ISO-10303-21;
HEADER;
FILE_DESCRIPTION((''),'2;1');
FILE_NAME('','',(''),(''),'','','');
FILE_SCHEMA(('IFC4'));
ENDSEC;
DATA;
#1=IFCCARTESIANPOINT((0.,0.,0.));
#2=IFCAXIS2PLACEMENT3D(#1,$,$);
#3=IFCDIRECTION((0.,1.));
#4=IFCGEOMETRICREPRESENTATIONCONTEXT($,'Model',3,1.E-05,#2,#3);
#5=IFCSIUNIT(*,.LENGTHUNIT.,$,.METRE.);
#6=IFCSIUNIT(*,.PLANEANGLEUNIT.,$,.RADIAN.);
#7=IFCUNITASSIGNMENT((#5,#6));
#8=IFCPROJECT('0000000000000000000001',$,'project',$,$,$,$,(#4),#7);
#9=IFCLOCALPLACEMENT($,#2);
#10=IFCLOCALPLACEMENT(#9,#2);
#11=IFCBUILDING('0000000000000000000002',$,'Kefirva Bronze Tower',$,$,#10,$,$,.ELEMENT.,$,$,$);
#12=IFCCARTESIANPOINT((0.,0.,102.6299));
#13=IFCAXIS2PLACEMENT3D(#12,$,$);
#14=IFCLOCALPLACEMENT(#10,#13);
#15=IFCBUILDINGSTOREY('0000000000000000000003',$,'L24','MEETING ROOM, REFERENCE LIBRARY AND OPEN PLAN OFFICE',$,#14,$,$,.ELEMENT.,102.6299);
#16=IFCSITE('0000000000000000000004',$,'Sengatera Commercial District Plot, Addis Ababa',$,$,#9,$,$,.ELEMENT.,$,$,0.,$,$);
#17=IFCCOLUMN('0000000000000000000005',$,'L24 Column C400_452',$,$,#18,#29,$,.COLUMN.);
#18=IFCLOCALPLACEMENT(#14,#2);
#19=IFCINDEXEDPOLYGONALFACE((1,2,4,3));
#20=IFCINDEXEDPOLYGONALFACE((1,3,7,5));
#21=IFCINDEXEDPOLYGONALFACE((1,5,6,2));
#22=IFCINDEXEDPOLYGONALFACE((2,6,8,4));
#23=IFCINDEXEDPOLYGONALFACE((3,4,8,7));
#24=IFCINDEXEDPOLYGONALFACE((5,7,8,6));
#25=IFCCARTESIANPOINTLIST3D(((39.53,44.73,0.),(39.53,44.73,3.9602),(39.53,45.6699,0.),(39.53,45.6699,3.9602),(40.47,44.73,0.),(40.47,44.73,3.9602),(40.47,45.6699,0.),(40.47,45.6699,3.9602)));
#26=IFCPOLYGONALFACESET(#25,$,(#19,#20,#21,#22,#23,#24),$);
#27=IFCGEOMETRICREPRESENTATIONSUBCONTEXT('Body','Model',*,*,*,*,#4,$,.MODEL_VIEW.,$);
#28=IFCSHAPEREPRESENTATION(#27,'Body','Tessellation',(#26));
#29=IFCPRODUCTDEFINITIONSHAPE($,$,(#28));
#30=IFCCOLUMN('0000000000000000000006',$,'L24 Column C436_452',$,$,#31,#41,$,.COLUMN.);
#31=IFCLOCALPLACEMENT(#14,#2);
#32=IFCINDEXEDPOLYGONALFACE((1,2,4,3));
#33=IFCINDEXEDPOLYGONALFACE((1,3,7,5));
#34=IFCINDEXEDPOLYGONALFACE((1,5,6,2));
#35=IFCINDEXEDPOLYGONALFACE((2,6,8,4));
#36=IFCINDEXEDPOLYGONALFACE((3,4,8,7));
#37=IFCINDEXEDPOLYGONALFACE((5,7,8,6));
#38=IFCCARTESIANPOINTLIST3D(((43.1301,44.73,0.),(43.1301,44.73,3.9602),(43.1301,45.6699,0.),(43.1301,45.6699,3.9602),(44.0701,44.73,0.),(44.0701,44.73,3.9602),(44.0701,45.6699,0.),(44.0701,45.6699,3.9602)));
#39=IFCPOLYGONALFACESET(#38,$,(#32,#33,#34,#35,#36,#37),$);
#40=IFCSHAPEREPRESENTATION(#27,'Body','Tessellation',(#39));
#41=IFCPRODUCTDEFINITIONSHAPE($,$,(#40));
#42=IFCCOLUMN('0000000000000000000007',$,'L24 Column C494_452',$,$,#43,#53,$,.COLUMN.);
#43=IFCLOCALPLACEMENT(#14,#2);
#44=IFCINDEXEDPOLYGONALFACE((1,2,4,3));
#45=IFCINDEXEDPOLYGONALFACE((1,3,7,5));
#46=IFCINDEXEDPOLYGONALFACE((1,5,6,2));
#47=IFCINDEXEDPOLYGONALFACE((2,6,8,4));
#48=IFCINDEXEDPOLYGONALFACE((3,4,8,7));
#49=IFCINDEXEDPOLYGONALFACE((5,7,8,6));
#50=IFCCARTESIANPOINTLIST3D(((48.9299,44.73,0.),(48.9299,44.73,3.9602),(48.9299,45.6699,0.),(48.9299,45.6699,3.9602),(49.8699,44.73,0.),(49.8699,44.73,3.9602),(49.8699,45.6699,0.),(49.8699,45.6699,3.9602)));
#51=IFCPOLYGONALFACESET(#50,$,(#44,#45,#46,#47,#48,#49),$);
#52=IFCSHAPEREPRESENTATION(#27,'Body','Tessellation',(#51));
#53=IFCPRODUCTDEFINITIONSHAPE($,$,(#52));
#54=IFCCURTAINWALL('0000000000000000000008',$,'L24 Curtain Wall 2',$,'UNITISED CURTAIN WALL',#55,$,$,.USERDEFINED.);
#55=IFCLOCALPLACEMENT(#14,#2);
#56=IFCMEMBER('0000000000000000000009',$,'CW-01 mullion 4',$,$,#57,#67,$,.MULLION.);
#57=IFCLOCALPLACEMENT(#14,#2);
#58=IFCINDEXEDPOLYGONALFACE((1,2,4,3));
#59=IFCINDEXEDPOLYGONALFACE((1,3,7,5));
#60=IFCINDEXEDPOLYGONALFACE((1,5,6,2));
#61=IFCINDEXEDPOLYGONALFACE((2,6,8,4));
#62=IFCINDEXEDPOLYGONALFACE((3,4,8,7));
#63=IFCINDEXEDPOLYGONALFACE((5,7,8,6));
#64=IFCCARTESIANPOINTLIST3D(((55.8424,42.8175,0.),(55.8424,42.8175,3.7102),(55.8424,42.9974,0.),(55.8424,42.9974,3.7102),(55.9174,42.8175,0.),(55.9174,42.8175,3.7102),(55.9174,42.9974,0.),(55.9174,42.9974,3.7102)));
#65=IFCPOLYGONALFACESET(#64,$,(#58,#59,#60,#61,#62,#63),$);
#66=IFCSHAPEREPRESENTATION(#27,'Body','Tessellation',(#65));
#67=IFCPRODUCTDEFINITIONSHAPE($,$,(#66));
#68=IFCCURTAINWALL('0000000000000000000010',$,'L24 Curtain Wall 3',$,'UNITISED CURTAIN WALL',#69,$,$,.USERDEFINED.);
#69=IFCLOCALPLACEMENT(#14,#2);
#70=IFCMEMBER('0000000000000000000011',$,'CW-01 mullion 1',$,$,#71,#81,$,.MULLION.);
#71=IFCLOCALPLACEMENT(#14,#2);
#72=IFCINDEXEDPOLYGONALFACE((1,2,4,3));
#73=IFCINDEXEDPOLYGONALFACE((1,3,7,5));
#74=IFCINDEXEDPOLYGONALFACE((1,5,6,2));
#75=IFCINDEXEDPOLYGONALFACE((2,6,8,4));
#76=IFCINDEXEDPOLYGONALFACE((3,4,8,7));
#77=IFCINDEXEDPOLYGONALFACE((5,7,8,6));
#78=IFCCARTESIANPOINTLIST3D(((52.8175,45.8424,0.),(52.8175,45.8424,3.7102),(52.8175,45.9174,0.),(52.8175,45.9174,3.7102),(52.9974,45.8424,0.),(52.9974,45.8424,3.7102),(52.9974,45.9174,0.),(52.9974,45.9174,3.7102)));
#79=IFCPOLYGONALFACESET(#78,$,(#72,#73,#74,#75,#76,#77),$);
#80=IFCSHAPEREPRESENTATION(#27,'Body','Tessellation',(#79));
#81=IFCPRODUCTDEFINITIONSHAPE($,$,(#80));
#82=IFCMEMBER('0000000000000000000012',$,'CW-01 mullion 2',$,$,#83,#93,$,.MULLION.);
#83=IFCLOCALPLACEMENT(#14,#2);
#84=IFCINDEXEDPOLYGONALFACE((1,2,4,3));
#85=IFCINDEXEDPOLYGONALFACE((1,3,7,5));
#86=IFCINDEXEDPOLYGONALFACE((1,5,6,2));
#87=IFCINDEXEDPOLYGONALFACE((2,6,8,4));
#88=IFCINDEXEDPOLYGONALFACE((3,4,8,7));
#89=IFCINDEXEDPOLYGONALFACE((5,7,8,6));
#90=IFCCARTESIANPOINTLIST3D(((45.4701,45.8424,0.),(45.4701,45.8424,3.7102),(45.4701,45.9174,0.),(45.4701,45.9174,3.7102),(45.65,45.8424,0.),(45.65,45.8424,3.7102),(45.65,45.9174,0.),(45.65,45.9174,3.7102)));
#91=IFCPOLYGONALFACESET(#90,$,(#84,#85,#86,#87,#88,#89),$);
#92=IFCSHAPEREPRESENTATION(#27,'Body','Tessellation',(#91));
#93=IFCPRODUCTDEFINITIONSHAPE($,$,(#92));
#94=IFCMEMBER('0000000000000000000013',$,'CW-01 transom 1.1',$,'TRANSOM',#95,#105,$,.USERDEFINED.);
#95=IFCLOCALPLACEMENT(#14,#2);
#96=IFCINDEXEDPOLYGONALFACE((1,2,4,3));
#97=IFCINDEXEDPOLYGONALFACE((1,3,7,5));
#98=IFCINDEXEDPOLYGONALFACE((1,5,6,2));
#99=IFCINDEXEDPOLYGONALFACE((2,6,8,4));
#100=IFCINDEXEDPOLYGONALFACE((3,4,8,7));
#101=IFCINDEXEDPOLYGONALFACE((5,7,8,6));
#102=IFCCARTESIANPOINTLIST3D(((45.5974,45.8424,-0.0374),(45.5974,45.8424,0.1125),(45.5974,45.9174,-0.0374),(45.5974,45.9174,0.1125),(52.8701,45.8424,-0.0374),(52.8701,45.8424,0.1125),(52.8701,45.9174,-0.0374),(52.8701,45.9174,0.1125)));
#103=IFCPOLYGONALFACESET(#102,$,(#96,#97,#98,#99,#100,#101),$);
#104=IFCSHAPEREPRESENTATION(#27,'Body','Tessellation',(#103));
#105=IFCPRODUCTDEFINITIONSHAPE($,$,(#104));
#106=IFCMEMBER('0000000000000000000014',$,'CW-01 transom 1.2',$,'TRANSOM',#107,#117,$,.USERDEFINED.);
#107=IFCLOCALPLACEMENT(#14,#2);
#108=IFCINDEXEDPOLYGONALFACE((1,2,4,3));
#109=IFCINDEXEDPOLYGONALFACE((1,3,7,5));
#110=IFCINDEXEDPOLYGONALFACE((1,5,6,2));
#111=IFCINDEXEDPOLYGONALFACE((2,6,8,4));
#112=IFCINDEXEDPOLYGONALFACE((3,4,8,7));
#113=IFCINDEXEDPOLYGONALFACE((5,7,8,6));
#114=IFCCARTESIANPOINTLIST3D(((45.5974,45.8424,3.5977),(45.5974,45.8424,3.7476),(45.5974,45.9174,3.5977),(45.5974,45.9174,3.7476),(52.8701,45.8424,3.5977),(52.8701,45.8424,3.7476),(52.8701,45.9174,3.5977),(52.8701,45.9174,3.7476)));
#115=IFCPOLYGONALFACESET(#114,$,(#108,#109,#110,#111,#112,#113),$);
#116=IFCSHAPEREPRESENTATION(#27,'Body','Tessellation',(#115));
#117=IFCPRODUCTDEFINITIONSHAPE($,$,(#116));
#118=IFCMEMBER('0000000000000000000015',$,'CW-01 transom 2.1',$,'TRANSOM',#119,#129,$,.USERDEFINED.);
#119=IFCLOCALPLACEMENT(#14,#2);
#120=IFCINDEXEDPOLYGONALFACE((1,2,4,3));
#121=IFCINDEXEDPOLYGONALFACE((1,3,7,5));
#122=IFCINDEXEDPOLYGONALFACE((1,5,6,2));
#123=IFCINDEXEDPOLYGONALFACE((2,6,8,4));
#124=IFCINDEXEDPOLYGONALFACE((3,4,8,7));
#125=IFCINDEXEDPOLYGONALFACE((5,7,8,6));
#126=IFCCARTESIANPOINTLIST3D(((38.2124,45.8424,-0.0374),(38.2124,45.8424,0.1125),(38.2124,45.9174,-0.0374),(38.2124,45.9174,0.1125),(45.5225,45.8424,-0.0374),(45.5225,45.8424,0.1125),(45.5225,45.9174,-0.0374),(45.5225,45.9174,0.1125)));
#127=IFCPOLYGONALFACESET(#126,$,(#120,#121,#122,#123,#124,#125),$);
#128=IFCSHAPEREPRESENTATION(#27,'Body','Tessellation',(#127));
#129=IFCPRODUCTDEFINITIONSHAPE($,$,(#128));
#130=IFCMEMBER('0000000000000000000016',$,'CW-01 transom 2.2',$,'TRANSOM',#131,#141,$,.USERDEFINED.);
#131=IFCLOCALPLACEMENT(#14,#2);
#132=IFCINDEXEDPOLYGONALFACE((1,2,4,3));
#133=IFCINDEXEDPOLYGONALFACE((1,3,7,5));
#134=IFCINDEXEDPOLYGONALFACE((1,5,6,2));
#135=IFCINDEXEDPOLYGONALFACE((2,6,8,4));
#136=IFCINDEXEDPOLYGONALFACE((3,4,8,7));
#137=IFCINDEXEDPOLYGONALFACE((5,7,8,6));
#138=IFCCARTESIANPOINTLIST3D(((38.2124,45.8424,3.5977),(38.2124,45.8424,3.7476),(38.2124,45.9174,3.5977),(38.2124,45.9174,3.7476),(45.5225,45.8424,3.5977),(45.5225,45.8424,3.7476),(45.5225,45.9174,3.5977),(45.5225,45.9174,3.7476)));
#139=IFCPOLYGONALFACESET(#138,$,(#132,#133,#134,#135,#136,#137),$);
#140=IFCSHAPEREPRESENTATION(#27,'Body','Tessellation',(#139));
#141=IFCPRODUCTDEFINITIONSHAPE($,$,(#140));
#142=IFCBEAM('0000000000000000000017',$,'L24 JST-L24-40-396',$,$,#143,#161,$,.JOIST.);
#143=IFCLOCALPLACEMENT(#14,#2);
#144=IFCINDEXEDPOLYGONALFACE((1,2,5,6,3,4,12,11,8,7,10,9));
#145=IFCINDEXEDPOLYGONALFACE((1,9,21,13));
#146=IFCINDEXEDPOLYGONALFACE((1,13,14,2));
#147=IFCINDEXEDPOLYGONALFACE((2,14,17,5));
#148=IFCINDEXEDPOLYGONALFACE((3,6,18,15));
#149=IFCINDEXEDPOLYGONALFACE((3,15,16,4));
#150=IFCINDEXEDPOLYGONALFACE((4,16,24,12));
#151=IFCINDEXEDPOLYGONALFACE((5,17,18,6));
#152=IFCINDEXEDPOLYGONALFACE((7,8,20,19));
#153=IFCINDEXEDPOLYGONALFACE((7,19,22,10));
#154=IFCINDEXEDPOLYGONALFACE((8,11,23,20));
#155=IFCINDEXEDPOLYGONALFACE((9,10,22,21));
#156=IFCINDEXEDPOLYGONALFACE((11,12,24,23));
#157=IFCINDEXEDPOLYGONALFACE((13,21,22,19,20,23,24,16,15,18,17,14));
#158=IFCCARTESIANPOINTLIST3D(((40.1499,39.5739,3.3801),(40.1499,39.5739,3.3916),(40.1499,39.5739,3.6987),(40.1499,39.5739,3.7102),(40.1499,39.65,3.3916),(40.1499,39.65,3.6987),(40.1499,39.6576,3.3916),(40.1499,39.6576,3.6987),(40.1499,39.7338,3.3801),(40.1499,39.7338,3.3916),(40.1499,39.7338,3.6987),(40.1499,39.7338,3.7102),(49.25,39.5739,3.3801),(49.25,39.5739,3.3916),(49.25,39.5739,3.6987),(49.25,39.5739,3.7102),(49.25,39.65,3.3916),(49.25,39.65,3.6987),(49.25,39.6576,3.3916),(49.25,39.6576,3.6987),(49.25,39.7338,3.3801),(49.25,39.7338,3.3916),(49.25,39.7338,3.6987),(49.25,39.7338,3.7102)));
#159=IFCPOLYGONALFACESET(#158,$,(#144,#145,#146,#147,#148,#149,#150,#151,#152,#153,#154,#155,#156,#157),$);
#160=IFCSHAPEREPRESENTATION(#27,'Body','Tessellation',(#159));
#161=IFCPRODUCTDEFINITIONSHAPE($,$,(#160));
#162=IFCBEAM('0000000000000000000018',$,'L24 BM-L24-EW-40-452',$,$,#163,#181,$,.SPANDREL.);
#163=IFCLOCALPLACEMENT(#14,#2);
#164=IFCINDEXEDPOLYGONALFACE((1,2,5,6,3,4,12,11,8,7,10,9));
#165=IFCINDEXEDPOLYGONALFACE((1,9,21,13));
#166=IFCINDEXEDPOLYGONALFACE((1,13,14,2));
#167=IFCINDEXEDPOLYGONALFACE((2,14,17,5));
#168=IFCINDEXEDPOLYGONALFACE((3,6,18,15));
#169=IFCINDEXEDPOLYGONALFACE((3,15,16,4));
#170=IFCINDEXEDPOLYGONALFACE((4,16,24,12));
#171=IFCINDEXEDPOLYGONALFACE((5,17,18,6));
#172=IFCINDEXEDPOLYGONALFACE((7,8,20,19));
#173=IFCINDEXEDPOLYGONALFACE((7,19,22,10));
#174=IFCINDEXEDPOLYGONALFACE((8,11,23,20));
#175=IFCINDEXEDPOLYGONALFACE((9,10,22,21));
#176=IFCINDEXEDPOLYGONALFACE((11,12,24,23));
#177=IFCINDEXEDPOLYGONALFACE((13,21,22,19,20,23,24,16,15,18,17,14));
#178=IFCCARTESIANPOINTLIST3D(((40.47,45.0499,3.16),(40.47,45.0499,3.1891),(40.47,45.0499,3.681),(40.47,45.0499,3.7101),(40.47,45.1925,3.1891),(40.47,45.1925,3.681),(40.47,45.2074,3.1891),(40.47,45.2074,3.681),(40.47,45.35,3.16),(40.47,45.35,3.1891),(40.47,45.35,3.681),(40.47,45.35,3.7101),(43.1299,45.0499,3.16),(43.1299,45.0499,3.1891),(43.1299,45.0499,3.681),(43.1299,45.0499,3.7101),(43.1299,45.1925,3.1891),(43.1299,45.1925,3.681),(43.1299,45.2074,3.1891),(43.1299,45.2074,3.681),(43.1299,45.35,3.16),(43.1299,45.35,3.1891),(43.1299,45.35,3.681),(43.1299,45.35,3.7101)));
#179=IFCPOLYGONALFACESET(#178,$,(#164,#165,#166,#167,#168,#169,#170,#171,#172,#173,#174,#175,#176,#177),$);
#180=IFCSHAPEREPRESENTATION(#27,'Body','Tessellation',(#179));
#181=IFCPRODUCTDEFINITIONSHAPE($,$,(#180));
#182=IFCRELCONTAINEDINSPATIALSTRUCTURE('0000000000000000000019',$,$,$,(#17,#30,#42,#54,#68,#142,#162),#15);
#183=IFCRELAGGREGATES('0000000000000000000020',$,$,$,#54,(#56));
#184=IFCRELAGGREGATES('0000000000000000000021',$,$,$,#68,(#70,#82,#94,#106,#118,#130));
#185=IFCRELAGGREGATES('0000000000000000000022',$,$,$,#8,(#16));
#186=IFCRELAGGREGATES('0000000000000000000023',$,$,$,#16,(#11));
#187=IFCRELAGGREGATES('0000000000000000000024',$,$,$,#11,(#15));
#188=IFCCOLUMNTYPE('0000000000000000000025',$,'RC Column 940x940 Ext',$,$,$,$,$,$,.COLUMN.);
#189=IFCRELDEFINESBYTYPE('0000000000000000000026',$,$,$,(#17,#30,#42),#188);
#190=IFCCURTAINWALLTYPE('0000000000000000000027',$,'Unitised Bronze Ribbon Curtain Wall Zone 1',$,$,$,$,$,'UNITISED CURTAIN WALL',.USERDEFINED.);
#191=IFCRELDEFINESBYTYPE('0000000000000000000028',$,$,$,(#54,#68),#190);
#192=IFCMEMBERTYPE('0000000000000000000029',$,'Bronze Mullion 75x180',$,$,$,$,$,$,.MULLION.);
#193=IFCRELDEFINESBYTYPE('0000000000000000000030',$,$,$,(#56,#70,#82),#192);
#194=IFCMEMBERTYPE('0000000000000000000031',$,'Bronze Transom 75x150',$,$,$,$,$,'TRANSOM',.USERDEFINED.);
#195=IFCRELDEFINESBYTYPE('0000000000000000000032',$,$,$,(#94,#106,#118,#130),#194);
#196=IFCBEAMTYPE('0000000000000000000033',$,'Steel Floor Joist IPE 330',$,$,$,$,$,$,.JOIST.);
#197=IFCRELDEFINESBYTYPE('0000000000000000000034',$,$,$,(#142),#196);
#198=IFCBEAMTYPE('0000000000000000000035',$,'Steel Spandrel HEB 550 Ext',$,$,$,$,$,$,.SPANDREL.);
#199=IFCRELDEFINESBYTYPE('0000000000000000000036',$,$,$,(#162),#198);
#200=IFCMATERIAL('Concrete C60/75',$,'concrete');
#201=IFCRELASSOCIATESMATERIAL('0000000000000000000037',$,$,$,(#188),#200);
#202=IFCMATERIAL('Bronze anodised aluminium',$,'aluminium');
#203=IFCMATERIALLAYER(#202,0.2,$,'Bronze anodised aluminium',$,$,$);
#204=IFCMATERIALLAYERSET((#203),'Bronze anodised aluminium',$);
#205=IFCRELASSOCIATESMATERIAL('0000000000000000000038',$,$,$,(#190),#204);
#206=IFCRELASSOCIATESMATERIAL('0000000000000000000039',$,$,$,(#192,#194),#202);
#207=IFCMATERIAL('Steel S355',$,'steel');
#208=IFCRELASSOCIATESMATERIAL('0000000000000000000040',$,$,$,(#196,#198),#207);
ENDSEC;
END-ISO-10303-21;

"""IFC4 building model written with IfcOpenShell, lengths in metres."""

from ifc_helpers import new_model, si_unit, direction, frame, origin, origin_2d, place, context, subcontext, project, spatial, rectangle, i_section, extrude, material, layer, layer_set, material_profile, profile_set, type_object, element, aggregate, save


model = new_model("IFC4")

# Units and contexts
model_context = context("Model", 3, precision=1e-05, world=origin(), true_north=direction((0.0, 1.0)))
body_context = subcontext(model_context, "Body", "Model", "MODEL_VIEW")
ifc_project = project(units=[si_unit("LENGTHUNIT", "METRE"), si_unit("PLANEANGLEUNIT", "RADIAN")], contexts=[model_context])

# Site, building, storey
site_placement = place(None, origin())
site = spatial("IfcSite", under=ifc_project, at=site_placement, Name="Sengatera Commercial District Plot, Addis Ababa", CompositionType="ELEMENT", RefElevation=0.0)
building_placement = place(site_placement, origin())
building = spatial("IfcBuilding", under=site, at=building_placement, Name="Kefirva Bronze Tower", CompositionType="ELEMENT")
storey_placement = place(building_placement, frame((0.0, 0.0, 102.6299)))
storey = spatial("IfcBuildingStorey", under=building, at=storey_placement, Name="L24", Description="MEETING ROOM, REFERENCE LIBRARY AND OPEN PLAN OFFICE", CompositionType="ELEMENT", Elevation=102.6299)

# Columns
ifc_material_1 = material(Name="Concrete C60/75", Category="concrete")
ifc_material_profile_1 = material_profile(ifc_material_1, rectangle(XDim=0.9399, YDim=0.9399, at=origin_2d()), Name="RC 940x940")
ifc_profile_set_1 = profile_set([ifc_material_profile_1], Name="Concrete C60/75")
column_type = type_object("IfcColumnType", Name="RC Column 940x940 Ext", PredefinedType="COLUMN", material=ifc_profile_set_1)
for number, where, z_axis, x_axis, name in (
    (1, (40.0, 45.2, 0.0), (0.0, 0.0, 1.0), (1.0, 0.0, 0.0), "L24 Column C400_452"),
    (2, (43.6001, 45.2, 0.0), (0.0, 0.0, 1.0), (1.0, 0.0, 0.0), "L24 Column C436_452"),
    (3, (49.3999, 45.2, 0.0), (0.0, 0.0, 1.0), (1.0, 0.0, 0.0), "L24 Column C494_452"),
):
    element("IfcColumn", number, at=place(storey_placement, frame(where, z_axis=z_axis, x_axis=x_axis)), inside=storey, type_object=column_type, Name=name, PredefinedType="COLUMN", context=body_context, shape_type="SweptSolid", body=[
        extrude(rectangle(XDim=0.9399, YDim=0.9399, at=origin_2d()), origin(), (0.0, 0.0, 1.0), 3.9602),
    ])

# Curtain wall, member
ifc_material_2 = material(Name="Bronze anodised aluminium", Category="aluminium")
ifc_layer_1 = layer(ifc_material_2, 0.2, Name="Bronze anodised aluminium")
ifc_layer_set_1 = layer_set([ifc_layer_1], Name="Bronze anodised aluminium")
curtain_wall_type = type_object("IfcCurtainWallType", Name="Unitised Bronze Ribbon Curtain Wall Zone 1", ElementType="UNITISED CURTAIN WALL", PredefinedType="USERDEFINED", material=ifc_layer_set_1)
curtain_wall_1_placement = place(storey_placement, origin())
curtain_wall_1 = element("IfcCurtainWall", 4, at=curtain_wall_1_placement, inside=storey, type_object=curtain_wall_type, Name="L24 Curtain Wall 2", ObjectType="UNITISED CURTAIN WALL", PredefinedType="USERDEFINED")
ifc_material_profile_2 = material_profile(ifc_material_2, rectangle(XDim=0.075, YDim=0.1799, at=origin_2d()), Name="ALU 75x180")
ifc_profile_set_2 = profile_set([ifc_material_profile_2], Name="Bronze anodised aluminium")
member_type_1 = type_object("IfcMemberType", Name="Bronze Mullion 75x180", PredefinedType="MULLION", material=ifc_profile_set_2)
member_1_placement = place(storey_placement, frame((55.8799, 42.9075, 0.0), z_axis=(0.0, 0.0, 1.0), x_axis=(-1.0, 0.0, 0.0)))
member_1 = element("IfcMember", 5, at=member_1_placement, type_object=member_type_1, Name="CW-01 mullion 4", PredefinedType="MULLION", context=body_context, shape_type="SweptSolid", body=[
    extrude(rectangle(XDim=0.075, YDim=0.1799, at=origin_2d()), origin(), (0.0, 0.0, 1.0), 3.7102),
])

# Curtain wall, members
curtain_wall_2_placement = place(storey_placement, origin())
curtain_wall_2 = element("IfcCurtainWall", 6, at=curtain_wall_2_placement, inside=storey, type_object=curtain_wall_type, Name="L24 Curtain Wall 3", ObjectType="UNITISED CURTAIN WALL", PredefinedType="USERDEFINED")
member_2_placement = place(storey_placement, frame((52.9075, 45.8799, 0.0), z_axis=(0.0, 0.0, 1.0), x_axis=(0.0, -1.0, 0.0)))
member_2 = element("IfcMember", 7, at=member_2_placement, type_object=member_type_1, Name="CW-01 mullion 1", PredefinedType="MULLION", context=body_context, shape_type="SweptSolid", body=[
    extrude(rectangle(XDim=0.075, YDim=0.1799, at=origin_2d()), origin(), (0.0, 0.0, 1.0), 3.7102),
])
member_3_placement = place(storey_placement, frame((45.5601, 45.8799, 0.0), z_axis=(0.0, 0.0, 1.0), x_axis=(0.0, -1.0, 0.0)))
member_3 = element("IfcMember", 8, at=member_3_placement, type_object=member_type_1, Name="CW-01 mullion 2", PredefinedType="MULLION", context=body_context, shape_type="SweptSolid", body=[
    extrude(rectangle(XDim=0.075, YDim=0.1799, at=origin_2d()), origin(), (0.0, 0.0, 1.0), 3.7102),
])
ifc_material_profile_3 = material_profile(ifc_material_2, rectangle(XDim=0.075, YDim=0.1499, at=origin_2d()), Name="ALU 75x150")
ifc_profile_set_3 = profile_set([ifc_material_profile_3], Name="Bronze anodised aluminium")
member_type_2 = type_object("IfcMemberType", Name="Bronze Transom 75x150", ElementType="TRANSOM", PredefinedType="USERDEFINED", material=ifc_profile_set_3)
member_4_placement = place(storey_placement, frame((52.8701, 45.8799, 0.0376), z_axis=(-1.0, 0.0, 0.0), x_axis=(0.0, -1.0, 0.0)))
member_4 = element("IfcMember", 9, at=member_4_placement, type_object=member_type_2, Name="CW-01 transom 1.1", ObjectType="TRANSOM", PredefinedType="USERDEFINED", context=body_context, shape_type="SweptSolid", body=[
    extrude(rectangle(XDim=0.075, YDim=0.1499, at=origin_2d()), origin(), (0.0, 0.0, 1.0), 7.2727),
])
member_5_placement = place(storey_placement, frame((52.8701, 45.8799, 3.6726), z_axis=(-1.0, 0.0, 0.0), x_axis=(0.0, -1.0, 0.0)))
member_5 = element("IfcMember", 10, at=member_5_placement, type_object=member_type_2, Name="CW-01 transom 1.2", ObjectType="TRANSOM", PredefinedType="USERDEFINED", context=body_context, shape_type="SweptSolid", body=[
    extrude(rectangle(XDim=0.075, YDim=0.1499, at=origin_2d()), origin(), (0.0, 0.0, 1.0), 7.2727),
])
member_6_placement = place(storey_placement, frame((45.5225, 45.8799, 0.0376), z_axis=(-1.0, 0.0, 0.0), x_axis=(0.0, -1.0, 0.0)))
member_6 = element("IfcMember", 11, at=member_6_placement, type_object=member_type_2, Name="CW-01 transom 2.1", ObjectType="TRANSOM", PredefinedType="USERDEFINED", context=body_context, shape_type="SweptSolid", body=[
    extrude(rectangle(XDim=0.075, YDim=0.1499, at=origin_2d()), origin(), (0.0, 0.0, 1.0), 7.3101),
])
member_7_placement = place(storey_placement, frame((45.5225, 45.8799, 3.6726), z_axis=(-1.0, 0.0, 0.0), x_axis=(0.0, -1.0, 0.0)))
member_7 = element("IfcMember", 12, at=member_7_placement, type_object=member_type_2, Name="CW-01 transom 2.2", ObjectType="TRANSOM", PredefinedType="USERDEFINED", context=body_context, shape_type="SweptSolid", body=[
    extrude(rectangle(XDim=0.075, YDim=0.1499, at=origin_2d()), origin(), (0.0, 0.0, 1.0), 7.3101),
])

# Beams
ifc_material_3 = material(Name="Steel S355", Category="steel")
ifc_material_profile_4 = material_profile(ifc_material_3, i_section(OverallWidth=0.1599, OverallDepth=0.3301, WebThickness=0.0076, FlangeThickness=0.0115, at=origin_2d()), Name="IPE 330")
ifc_profile_set_4 = profile_set([ifc_material_profile_4], Name="Steel S355")
beam_type_1 = type_object("IfcBeamType", Name="Steel Floor Joist IPE 330", PredefinedType="JOIST", material=ifc_profile_set_4)
beam_1_placement = place(storey_placement, frame((40.1499, 39.6538, 3.5452), z_axis=(1.0, 0.0, 0.0), x_axis=(0.0, 1.0, 0.0)))
element("IfcBeam", 13, at=beam_1_placement, inside=storey, type_object=beam_type_1, Name="L24 JST-L24-40-396", PredefinedType="JOIST", context=body_context, shape_type="SweptSolid", body=[
    extrude(i_section(OverallWidth=0.1599, OverallDepth=0.3301, WebThickness=0.0076, FlangeThickness=0.0115, at=origin_2d()), origin(), (0.0, 0.0, 1.0), 9.1001),
])
ifc_material_profile_5 = material_profile(ifc_material_3, i_section(OverallWidth=0.3, OverallDepth=0.55, WebThickness=0.0149, FlangeThickness=0.0291, at=origin_2d()), Name="HEB 550")
ifc_profile_set_5 = profile_set([ifc_material_profile_5], Name="Steel S355")
beam_type_2 = type_object("IfcBeamType", Name="Steel Spandrel HEB 550 Ext", PredefinedType="SPANDREL", material=ifc_profile_set_5)
beam_2_placement = place(storey_placement, frame((40.47, 45.2, 3.4351), z_axis=(1.0, 0.0, 0.0), x_axis=(0.0, 1.0, 0.0)))
element("IfcBeam", 14, at=beam_2_placement, inside=storey, type_object=beam_type_2, Name="L24 BM-L24-EW-40-452", PredefinedType="SPANDREL", context=body_context, shape_type="SweptSolid", body=[
    extrude(i_section(OverallWidth=0.3, OverallDepth=0.55, WebThickness=0.0149, FlangeThickness=0.0291, at=origin_2d()), origin(), (0.0, 0.0, 1.0), 2.6599),
])

aggregate(curtain_wall_1, [member_1])
aggregate(curtain_wall_2, [member_2, member_3, member_4, member_5, member_6, member_7])

save(model, "model.ifc")
